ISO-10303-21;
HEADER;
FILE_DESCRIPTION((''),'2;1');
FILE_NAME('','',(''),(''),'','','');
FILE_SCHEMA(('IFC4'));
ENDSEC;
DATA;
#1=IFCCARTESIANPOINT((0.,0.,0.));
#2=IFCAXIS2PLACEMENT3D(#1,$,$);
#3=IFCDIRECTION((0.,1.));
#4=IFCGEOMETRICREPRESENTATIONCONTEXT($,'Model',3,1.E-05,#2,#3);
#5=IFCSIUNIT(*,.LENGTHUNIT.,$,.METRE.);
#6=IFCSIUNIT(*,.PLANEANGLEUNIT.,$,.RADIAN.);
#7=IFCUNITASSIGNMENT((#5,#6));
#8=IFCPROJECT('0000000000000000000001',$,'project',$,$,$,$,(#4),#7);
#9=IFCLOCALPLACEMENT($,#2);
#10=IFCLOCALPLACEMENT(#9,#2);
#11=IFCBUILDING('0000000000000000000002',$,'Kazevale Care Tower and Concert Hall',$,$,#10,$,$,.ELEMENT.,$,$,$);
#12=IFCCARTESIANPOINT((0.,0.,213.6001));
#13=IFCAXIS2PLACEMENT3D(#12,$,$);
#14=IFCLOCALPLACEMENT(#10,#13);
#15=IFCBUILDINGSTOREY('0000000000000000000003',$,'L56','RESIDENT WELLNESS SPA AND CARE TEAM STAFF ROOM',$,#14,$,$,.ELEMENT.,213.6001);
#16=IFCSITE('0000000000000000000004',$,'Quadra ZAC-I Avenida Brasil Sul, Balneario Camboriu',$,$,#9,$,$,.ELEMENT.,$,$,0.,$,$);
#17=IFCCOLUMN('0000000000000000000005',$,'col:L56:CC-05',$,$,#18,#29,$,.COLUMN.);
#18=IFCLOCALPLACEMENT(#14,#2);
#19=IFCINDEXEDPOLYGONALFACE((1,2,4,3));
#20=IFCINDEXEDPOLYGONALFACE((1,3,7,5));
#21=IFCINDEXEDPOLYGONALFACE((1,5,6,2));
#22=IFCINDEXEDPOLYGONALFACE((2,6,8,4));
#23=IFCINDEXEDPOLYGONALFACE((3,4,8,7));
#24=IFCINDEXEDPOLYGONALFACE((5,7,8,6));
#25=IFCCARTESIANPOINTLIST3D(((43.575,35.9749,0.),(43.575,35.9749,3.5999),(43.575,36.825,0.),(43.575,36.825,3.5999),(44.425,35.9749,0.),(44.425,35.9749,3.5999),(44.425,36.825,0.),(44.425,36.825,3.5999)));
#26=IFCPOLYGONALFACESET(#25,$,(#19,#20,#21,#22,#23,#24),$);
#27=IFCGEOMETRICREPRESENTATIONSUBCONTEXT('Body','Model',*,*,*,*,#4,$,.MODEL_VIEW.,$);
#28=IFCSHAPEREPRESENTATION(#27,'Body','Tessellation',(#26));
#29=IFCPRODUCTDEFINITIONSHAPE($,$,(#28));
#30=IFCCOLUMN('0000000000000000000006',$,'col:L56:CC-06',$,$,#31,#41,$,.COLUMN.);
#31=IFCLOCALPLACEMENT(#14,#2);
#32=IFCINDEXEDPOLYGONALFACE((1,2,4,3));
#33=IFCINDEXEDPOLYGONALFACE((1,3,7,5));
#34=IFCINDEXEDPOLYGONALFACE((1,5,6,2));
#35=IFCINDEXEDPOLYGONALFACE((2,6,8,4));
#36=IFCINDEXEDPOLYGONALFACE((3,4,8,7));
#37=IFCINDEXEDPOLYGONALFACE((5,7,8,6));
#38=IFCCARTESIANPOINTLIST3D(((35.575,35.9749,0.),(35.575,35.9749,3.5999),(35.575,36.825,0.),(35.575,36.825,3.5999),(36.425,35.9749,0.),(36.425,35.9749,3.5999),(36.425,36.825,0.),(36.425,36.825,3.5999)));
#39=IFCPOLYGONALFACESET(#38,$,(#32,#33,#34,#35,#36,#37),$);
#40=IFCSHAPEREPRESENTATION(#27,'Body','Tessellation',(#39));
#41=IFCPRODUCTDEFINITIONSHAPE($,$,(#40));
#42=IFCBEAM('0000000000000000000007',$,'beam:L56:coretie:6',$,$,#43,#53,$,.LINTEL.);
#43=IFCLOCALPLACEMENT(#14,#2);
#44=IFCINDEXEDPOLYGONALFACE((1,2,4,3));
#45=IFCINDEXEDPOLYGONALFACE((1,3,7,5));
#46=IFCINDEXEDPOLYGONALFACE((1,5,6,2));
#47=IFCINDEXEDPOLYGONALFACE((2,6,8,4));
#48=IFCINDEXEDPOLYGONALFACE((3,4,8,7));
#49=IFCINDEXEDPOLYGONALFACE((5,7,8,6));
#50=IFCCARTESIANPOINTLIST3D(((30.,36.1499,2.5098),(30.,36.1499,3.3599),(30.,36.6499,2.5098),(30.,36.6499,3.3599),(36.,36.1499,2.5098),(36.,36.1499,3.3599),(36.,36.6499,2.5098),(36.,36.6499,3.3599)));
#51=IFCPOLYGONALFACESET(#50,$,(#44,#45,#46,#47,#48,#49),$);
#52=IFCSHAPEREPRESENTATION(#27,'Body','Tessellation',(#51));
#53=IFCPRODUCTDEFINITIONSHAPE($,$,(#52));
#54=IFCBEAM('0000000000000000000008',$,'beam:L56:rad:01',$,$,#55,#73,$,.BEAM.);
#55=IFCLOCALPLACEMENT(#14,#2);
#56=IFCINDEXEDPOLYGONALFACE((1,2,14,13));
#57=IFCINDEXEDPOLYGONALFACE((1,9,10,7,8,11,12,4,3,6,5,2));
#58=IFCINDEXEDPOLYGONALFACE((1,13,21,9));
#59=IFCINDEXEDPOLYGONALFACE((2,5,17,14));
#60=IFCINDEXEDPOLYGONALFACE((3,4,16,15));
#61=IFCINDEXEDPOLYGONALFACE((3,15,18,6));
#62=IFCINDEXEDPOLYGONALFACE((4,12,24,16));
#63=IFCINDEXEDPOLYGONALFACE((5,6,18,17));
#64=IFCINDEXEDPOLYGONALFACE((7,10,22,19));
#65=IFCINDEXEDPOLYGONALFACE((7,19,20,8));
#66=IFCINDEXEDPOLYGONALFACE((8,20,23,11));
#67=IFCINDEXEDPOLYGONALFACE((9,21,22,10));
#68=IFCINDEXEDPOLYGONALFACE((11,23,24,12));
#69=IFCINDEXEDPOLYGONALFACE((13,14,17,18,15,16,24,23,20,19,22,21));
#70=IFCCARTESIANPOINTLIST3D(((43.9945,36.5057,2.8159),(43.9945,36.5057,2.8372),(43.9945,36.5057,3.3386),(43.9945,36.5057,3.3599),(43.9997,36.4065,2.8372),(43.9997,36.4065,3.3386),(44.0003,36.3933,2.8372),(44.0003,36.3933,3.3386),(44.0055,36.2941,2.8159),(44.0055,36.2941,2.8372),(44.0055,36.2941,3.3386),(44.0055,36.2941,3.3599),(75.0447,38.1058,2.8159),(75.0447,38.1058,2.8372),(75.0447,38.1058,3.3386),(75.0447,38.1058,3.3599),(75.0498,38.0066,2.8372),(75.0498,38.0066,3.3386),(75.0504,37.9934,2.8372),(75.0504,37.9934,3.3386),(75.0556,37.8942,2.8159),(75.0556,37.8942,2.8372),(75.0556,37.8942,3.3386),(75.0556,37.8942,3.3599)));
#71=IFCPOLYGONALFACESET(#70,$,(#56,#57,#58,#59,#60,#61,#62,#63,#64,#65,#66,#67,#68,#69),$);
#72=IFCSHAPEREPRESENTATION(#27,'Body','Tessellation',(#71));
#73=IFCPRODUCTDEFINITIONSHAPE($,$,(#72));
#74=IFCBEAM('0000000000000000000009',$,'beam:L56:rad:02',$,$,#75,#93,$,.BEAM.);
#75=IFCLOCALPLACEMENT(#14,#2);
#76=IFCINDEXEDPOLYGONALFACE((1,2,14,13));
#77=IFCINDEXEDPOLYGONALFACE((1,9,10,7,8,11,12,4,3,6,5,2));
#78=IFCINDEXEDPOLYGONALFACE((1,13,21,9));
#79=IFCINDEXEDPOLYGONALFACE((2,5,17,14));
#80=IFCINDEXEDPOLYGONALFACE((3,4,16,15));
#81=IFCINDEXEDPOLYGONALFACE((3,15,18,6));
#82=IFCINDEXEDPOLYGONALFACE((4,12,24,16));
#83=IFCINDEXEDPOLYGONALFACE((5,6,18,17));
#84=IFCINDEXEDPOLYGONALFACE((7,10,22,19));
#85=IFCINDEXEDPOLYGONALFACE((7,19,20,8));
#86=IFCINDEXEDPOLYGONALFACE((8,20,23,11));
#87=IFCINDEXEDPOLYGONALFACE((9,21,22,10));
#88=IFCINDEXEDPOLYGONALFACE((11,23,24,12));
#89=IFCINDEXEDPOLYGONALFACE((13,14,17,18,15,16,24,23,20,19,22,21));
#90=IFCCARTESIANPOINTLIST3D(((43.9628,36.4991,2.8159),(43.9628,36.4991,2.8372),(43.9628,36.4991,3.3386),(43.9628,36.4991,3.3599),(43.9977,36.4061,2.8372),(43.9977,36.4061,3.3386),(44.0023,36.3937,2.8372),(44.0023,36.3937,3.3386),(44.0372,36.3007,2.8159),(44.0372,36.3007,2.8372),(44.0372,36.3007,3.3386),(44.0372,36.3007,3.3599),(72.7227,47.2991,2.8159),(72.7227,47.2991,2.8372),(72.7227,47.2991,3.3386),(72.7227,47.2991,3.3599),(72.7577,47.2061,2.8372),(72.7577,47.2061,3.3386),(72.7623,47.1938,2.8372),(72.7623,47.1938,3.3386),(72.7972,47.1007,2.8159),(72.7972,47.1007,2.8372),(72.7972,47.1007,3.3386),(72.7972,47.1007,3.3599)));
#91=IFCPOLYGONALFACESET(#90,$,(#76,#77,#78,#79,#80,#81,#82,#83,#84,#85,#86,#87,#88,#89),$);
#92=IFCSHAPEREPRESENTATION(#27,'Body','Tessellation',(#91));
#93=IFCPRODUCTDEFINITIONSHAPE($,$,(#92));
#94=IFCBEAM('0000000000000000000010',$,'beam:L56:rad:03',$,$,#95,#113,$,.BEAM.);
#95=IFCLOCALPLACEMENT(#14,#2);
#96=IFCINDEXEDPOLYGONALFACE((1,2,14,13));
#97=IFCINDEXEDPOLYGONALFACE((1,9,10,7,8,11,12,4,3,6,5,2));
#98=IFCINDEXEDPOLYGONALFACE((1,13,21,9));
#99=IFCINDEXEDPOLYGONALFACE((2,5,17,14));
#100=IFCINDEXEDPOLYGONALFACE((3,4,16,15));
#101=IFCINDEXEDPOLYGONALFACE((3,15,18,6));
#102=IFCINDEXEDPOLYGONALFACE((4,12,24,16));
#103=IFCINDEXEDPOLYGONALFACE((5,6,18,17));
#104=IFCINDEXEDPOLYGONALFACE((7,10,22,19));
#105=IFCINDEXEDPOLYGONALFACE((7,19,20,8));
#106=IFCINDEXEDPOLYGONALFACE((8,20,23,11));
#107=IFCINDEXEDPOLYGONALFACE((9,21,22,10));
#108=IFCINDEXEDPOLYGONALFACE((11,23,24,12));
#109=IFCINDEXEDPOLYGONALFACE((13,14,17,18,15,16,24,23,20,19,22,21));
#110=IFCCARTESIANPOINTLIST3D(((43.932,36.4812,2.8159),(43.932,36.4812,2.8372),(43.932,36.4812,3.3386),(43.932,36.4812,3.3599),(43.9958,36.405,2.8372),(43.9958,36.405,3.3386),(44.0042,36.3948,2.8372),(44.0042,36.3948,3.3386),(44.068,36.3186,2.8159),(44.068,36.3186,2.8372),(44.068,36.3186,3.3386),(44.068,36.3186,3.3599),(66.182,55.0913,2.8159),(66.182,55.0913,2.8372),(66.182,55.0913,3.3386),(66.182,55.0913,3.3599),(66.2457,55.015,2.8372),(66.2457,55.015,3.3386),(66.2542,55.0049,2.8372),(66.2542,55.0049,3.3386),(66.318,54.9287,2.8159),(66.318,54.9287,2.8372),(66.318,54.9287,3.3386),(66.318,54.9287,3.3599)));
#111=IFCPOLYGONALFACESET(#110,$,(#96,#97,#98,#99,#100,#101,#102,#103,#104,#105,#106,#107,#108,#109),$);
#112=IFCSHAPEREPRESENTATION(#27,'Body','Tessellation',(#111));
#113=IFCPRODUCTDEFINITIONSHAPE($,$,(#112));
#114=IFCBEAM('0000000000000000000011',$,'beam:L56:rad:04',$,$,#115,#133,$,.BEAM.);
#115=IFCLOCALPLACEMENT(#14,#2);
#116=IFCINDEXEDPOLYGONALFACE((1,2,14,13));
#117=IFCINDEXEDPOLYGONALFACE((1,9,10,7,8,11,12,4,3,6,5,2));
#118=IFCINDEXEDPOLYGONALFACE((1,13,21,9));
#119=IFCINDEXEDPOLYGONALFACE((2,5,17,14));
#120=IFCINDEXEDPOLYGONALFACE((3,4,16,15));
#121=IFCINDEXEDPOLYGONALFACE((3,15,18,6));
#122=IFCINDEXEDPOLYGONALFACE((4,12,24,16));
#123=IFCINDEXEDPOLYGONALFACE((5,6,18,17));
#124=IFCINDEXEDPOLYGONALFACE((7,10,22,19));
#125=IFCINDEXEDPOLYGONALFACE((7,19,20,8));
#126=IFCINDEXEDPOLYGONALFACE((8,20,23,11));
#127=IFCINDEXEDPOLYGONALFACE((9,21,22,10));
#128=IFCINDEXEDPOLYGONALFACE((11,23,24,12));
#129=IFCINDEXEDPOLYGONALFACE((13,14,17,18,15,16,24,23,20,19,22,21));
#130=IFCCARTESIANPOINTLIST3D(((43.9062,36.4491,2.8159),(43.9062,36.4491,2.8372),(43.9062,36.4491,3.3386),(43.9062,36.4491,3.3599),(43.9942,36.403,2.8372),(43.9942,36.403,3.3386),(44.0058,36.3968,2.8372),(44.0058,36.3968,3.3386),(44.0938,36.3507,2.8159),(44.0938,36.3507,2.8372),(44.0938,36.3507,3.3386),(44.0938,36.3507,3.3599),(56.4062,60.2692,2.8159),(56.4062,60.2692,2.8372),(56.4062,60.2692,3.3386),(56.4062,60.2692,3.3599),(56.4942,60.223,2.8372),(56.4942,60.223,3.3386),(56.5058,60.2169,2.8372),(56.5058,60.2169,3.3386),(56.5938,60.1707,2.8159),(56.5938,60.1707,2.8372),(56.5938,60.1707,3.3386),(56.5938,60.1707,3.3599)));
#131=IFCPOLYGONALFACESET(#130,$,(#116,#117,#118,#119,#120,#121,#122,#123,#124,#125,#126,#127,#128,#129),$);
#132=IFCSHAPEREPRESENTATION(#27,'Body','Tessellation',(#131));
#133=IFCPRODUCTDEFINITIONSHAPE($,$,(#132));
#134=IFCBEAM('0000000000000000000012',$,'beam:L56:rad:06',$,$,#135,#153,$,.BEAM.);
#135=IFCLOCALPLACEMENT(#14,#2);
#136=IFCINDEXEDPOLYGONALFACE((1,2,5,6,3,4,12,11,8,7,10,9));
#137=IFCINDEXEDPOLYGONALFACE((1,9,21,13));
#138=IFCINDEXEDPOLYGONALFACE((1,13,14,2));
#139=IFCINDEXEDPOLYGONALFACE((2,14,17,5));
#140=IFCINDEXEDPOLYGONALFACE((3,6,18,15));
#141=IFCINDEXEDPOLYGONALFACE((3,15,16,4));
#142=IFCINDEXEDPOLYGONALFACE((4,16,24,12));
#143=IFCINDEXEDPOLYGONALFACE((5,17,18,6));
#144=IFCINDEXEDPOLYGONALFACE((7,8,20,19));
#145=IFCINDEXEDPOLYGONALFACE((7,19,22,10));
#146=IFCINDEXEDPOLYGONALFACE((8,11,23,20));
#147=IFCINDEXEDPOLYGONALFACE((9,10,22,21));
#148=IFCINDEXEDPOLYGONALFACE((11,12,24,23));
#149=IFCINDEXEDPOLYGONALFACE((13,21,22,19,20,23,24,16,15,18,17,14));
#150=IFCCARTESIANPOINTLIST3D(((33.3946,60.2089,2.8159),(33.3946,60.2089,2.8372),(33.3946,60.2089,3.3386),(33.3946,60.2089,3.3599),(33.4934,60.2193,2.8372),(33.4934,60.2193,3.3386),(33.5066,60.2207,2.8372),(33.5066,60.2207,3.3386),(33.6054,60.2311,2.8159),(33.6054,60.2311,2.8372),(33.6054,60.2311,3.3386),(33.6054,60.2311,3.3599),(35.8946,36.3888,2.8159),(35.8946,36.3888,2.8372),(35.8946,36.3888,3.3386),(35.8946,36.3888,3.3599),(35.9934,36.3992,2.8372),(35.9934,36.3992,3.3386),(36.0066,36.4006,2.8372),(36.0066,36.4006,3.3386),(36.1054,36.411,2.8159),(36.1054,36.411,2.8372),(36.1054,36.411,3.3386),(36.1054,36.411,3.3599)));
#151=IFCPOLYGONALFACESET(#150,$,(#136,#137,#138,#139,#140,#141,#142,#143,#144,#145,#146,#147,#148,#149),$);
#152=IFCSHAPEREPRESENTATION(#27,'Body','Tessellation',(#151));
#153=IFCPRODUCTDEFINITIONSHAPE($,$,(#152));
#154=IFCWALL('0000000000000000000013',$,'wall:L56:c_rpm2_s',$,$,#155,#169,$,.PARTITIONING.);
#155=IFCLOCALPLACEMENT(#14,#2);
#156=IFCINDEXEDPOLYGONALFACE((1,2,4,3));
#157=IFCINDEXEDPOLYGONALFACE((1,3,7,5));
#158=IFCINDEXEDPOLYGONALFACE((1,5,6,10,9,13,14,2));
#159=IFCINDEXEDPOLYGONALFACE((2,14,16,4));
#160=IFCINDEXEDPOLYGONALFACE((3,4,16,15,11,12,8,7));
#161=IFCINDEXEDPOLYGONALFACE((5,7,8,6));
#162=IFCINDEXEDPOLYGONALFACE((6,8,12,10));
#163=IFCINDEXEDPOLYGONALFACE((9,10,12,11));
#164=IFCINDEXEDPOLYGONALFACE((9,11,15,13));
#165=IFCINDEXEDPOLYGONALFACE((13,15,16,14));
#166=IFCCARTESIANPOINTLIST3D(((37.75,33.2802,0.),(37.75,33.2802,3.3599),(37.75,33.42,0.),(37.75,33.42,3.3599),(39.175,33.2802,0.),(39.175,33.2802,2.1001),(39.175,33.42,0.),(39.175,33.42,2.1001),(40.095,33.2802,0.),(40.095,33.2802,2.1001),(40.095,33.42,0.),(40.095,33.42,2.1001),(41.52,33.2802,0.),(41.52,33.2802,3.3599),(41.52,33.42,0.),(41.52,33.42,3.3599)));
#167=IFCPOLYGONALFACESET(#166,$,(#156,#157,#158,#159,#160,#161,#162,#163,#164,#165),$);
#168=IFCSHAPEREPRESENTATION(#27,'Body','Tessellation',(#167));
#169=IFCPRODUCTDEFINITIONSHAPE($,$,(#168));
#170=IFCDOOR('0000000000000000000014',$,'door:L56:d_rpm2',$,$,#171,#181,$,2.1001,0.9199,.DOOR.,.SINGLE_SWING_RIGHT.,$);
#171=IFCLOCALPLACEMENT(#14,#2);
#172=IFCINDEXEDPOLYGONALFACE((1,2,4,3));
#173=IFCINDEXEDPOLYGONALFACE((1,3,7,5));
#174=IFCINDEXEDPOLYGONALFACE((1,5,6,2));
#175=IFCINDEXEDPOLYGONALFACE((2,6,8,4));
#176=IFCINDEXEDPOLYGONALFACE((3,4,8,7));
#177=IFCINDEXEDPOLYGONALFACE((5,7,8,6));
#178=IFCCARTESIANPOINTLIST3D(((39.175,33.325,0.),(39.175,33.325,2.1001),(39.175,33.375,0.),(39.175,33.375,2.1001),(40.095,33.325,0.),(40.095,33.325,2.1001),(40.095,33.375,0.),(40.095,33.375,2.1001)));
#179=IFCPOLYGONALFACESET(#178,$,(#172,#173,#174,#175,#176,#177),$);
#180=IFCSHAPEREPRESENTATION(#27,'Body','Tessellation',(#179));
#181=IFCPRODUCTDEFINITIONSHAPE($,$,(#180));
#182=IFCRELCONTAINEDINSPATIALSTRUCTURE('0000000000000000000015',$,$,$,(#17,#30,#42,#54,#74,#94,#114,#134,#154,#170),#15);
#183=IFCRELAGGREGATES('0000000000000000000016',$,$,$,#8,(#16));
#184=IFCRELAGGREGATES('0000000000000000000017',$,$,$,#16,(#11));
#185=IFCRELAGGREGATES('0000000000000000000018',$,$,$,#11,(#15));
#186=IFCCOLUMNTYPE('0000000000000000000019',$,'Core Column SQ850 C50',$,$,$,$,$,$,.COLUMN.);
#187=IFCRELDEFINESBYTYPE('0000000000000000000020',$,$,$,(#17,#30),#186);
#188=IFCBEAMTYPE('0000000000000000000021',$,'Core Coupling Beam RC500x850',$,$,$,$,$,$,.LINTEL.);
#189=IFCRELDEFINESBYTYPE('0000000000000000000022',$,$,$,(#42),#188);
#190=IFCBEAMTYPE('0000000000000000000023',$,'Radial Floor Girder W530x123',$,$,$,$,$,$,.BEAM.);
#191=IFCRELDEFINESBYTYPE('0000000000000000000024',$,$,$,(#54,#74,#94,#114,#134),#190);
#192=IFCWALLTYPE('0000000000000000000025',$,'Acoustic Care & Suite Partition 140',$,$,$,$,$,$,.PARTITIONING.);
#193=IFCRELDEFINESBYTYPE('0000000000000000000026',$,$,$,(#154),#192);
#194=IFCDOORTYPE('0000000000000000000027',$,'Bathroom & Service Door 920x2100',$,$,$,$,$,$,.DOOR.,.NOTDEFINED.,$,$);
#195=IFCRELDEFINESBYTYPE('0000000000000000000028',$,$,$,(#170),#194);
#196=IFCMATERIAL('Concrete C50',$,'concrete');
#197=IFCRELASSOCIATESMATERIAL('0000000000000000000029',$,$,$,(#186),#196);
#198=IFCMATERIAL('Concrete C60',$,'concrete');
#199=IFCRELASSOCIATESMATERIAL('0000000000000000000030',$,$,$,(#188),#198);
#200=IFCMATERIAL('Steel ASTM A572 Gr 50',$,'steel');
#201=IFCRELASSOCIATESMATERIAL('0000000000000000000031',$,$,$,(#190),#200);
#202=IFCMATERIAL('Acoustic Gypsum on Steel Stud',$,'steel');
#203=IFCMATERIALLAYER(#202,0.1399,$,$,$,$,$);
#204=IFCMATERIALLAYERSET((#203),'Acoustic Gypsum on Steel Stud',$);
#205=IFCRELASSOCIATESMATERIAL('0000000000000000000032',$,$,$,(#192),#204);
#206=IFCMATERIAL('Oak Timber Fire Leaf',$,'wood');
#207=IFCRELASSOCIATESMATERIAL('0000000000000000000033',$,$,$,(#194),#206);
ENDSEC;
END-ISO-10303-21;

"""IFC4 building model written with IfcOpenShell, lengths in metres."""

from ifc_helpers import new_model, si_unit, direction, frame, frame_2d, origin, origin_2d, place, context, subcontext, project, spatial, rectangle, i_section, extrude, material, layer, layer_set, material_profile, profile_set, type_object, element, fill, save


model = new_model("IFC4")

# Units and contexts
model_context = context("Model", 3, precision=1e-05, world=origin(), true_north=direction((0.0, 1.0)))
body_context = subcontext(model_context, "Body", "Model", "MODEL_VIEW")
ifc_project = project(units=[si_unit("LENGTHUNIT", "METRE"), si_unit("PLANEANGLEUNIT", "RADIAN")], contexts=[model_context])

# Site, building, storey
site_placement = place(None, origin())
site = spatial("IfcSite", under=ifc_project, at=site_placement, Name="Quadra ZAC-I Avenida Brasil Sul, Balneario Camboriu", CompositionType="ELEMENT", RefElevation=0.0)
building_placement = place(site_placement, origin())
building = spatial("IfcBuilding", under=site, at=building_placement, Name="Kazevale Care Tower and Concert Hall", CompositionType="ELEMENT")
storey_placement = place(building_placement, frame((0.0, 0.0, 213.6001)))
storey = spatial("IfcBuildingStorey", under=building, at=storey_placement, Name="L56", Description="RESIDENT WELLNESS SPA AND CARE TEAM STAFF ROOM", CompositionType="ELEMENT", Elevation=213.6001)

# Columns
ifc_material_1 = material(Name="Concrete C50", Category="concrete")
ifc_material_profile_1 = material_profile(ifc_material_1, rectangle(XDim=0.8501, YDim=0.8501, at=origin_2d()), Name="RC-SQ850")
ifc_profile_set_1 = profile_set([ifc_material_profile_1], Name="Concrete C50")
column_type = type_object("IfcColumnType", Name="Core Column SQ850 C50", PredefinedType="COLUMN", material=ifc_profile_set_1)
for number, where, z_axis, x_axis, name in (
    (1, (44.0, 36.3999, 0.0), (0.0, 0.0, 1.0), (1.0, 0.0, 0.0), "col:L56:CC-05"),
    (2, (36.0, 36.3999, 0.0), (0.0, 0.0, 1.0), (1.0, 0.0, 0.0), "col:L56:CC-06"),
):
    element("IfcColumn", number, at=place(storey_placement, frame(where, z_axis=z_axis, x_axis=x_axis)), inside=storey, type_object=column_type, Name=name, PredefinedType="COLUMN", context=body_context, shape_type="SweptSolid", body=[
        extrude(rectangle(XDim=0.8501, YDim=0.8501, at=origin_2d()), origin(), (0.0, 0.0, 1.0), 3.5999),
    ])

# Beams
ifc_material_2 = material(Name="Concrete C60", Category="concrete")
ifc_material_profile_2 = material_profile(ifc_material_2, rectangle(XDim=0.5, YDim=0.8501, at=origin_2d()), Name="RC-B500x850")
ifc_profile_set_2 = profile_set([ifc_material_profile_2], Name="Concrete C60")
beam_type_1 = type_object("IfcBeamType", Name="Core Coupling Beam RC500x850", PredefinedType="LINTEL", material=ifc_profile_set_2)
beam_1_placement = place(storey_placement, frame((36.0, 36.3999, 2.9348), z_axis=(-1.0, 0.0, 0.0), x_axis=(0.0, -1.0, 0.0)))
element("IfcBeam", 3, at=beam_1_placement, inside=storey, type_object=beam_type_1, Name="beam:L56:coretie:6", PredefinedType="LINTEL", context=body_context, shape_type="SweptSolid", body=[
    extrude(rectangle(XDim=0.5, YDim=0.8501, at=origin_2d()), origin(), (0.0, 0.0, 1.0), 6.0),
])
ifc_material_3 = material(Name="Steel ASTM A572 Gr 50", Category="steel")
ifc_material_profile_3 = material_profile(ifc_material_3, i_section(OverallWidth=0.2119, OverallDepth=0.5439, WebThickness=0.0132, FlangeThickness=0.0212, at=origin_2d()), Name="W530x123")
ifc_profile_set_3 = profile_set([ifc_material_profile_3], Name="Steel ASTM A572 Gr 50")
beam_type_2 = type_object("IfcBeamType", Name="Radial Floor Girder W530x123", PredefinedType="BEAM", material=ifc_profile_set_3)
beam_2_placement = place(storey_placement, frame((44.0, 36.3999, 3.0879), z_axis=(0.998675, 0.051465, 0.0), x_axis=(-0.051465, 0.998675, 0.0)))
element("IfcBeam", 4, at=beam_2_placement, inside=storey, type_object=beam_type_2, Name="beam:L56:rad:01", PredefinedType="BEAM", context=body_context, shape_type="SweptSolid", body=[
    extrude(i_section(OverallWidth=0.2119, OverallDepth=0.5439, WebThickness=0.0132, FlangeThickness=0.0212, at=origin_2d()), origin(), (0.0, 0.0, 1.0), 31.0913),
])
beam_3_placement = place(storey_placement, frame((44.0, 36.3999, 3.0879), z_axis=(0.936168, 0.351553, 0.0), x_axis=(-0.351553, 0.936168, 0.0)))
element("IfcBeam", 5, at=beam_3_placement, inside=storey, type_object=beam_type_2, Name="beam:L56:rad:02", PredefinedType="BEAM", context=body_context, shape_type="SweptSolid", body=[
    extrude(i_section(OverallWidth=0.2119, OverallDepth=0.5439, WebThickness=0.0132, FlangeThickness=0.0212, at=origin_2d()), origin(), (0.0, 0.0, 1.0), 30.7209),
])
beam_4_placement = place(storey_placement, frame((44.0, 36.3999, 3.0879), z_axis=(0.76706, 0.641576, 0.0), x_axis=(-0.641576, 0.76706, 0.0)))
element("IfcBeam", 6, at=beam_4_placement, inside=storey, type_object=beam_type_2, Name="beam:L56:rad:03", PredefinedType="BEAM", context=body_context, shape_type="SweptSolid", body=[
    extrude(i_section(OverallWidth=0.2119, OverallDepth=0.5439, WebThickness=0.0132, FlangeThickness=0.0212, at=origin_2d()), origin(), (0.0, 0.0, 1.0), 29.0068),
])
beam_5_placement = place(storey_placement, frame((44.0, 36.3999, 3.0879), z_axis=(0.464673, 0.885483, 0.0), x_axis=(-0.885483, 0.464673, 0.0)))
element("IfcBeam", 7, at=beam_5_placement, inside=storey, type_object=beam_type_2, Name="beam:L56:rad:04", PredefinedType="BEAM", context=body_context, shape_type="SweptSolid", body=[
    extrude(i_section(OverallWidth=0.2119, OverallDepth=0.5439, WebThickness=0.0132, FlangeThickness=0.0212, at=origin_2d()), origin(), (0.0, 0.0, 1.0), 26.9006),
])
beam_6_placement = place(storey_placement, frame((36.0, 36.3999, 3.0879), z_axis=(-0.10438, 0.994537, 0.0), x_axis=(-0.994537, -0.10438, 0.0)))
element("IfcBeam", 8, at=beam_6_placement, inside=storey, type_object=beam_type_2, Name="beam:L56:rad:06", PredefinedType="BEAM", context=body_context, shape_type="SweptSolid", body=[
    extrude(i_section(OverallWidth=0.2119, OverallDepth=0.5439, WebThickness=0.0132, FlangeThickness=0.0212, at=origin_2d()), origin(), (0.0, 0.0, 1.0), 23.9509),
])

# Wall, opening, door
ifc_material_4 = material(Name="Acoustic Gypsum on Steel Stud", Category="steel")
ifc_layer_1 = layer(ifc_material_4, 0.1399)
ifc_layer_set_1 = layer_set([ifc_layer_1], Name="Acoustic Gypsum on Steel Stud")
wall_type = type_object("IfcWallType", Name="Acoustic Care & Suite Partition 140", PredefinedType="PARTITIONING", material=ifc_layer_set_1)
wall_1_placement = place(storey_placement, frame((37.75, 33.3501, 0.0), z_axis=(0.0, 0.0, 1.0), x_axis=(1.0, 0.0, 0.0)))
wall_1 = element("IfcWall", 9, at=wall_1_placement, inside=storey, type_object=wall_type, Name="wall:L56:c_rpm2_s", PredefinedType="PARTITIONING", context=body_context, shape_type="SweptSolid", body=[
    extrude(rectangle(XDim=3.77, YDim=0.1399, at=frame_2d((1.885, 0.0))), origin(), (0.0, 0.0, 1.0), 3.3599),
])
opening_1_placement = place(wall_1_placement, frame((1.425, 0.0, 0.0)))
opening_1 = element("IfcOpeningElement", 10, at=opening_1_placement, cuts=wall_1, PredefinedType="OPENING", context=body_context, shape_type="SweptSolid", body=[
    extrude(rectangle(XDim=0.9199, YDim=2.1001, at=frame_2d((0.46, 1.05))), frame((0.0, 0.0798, 0.0), z_axis=(0.0, -1.0, 0.0), x_axis=(1.0, 0.0, 0.0)), (0.0, 0.0, 1.0), 0.1599),
])
ifc_material_5 = material(Name="Oak Timber Fire Leaf", Category="wood")
door_type = type_object("IfcDoorType", Name="Bathroom & Service Door 920x2100", OperationType="NOTDEFINED", PredefinedType="DOOR", material=ifc_material_5)
door_1_placement = place(opening_1_placement, origin())
door_1 = element("IfcDoor", 11, at=door_1_placement, inside=storey, type_object=door_type, Name="door:L56:d_rpm2", OperationType="SINGLE_SWING_RIGHT", OverallHeight=2.1001, OverallWidth=0.9199, PredefinedType="DOOR", context=body_context, shape_type="SweptSolid", body=[
    extrude(rectangle(XDim=0.9199, YDim=2.1001, at=frame_2d((0.46, 1.05))), frame((0.0, 0.0249, 0.0), z_axis=(0.0, -1.0, 0.0), x_axis=(1.0, 0.0, 0.0)), (0.0, 0.0, 1.0), 0.05),
])
fill(opening_1, door_1)

save(model, "model.ifc")
